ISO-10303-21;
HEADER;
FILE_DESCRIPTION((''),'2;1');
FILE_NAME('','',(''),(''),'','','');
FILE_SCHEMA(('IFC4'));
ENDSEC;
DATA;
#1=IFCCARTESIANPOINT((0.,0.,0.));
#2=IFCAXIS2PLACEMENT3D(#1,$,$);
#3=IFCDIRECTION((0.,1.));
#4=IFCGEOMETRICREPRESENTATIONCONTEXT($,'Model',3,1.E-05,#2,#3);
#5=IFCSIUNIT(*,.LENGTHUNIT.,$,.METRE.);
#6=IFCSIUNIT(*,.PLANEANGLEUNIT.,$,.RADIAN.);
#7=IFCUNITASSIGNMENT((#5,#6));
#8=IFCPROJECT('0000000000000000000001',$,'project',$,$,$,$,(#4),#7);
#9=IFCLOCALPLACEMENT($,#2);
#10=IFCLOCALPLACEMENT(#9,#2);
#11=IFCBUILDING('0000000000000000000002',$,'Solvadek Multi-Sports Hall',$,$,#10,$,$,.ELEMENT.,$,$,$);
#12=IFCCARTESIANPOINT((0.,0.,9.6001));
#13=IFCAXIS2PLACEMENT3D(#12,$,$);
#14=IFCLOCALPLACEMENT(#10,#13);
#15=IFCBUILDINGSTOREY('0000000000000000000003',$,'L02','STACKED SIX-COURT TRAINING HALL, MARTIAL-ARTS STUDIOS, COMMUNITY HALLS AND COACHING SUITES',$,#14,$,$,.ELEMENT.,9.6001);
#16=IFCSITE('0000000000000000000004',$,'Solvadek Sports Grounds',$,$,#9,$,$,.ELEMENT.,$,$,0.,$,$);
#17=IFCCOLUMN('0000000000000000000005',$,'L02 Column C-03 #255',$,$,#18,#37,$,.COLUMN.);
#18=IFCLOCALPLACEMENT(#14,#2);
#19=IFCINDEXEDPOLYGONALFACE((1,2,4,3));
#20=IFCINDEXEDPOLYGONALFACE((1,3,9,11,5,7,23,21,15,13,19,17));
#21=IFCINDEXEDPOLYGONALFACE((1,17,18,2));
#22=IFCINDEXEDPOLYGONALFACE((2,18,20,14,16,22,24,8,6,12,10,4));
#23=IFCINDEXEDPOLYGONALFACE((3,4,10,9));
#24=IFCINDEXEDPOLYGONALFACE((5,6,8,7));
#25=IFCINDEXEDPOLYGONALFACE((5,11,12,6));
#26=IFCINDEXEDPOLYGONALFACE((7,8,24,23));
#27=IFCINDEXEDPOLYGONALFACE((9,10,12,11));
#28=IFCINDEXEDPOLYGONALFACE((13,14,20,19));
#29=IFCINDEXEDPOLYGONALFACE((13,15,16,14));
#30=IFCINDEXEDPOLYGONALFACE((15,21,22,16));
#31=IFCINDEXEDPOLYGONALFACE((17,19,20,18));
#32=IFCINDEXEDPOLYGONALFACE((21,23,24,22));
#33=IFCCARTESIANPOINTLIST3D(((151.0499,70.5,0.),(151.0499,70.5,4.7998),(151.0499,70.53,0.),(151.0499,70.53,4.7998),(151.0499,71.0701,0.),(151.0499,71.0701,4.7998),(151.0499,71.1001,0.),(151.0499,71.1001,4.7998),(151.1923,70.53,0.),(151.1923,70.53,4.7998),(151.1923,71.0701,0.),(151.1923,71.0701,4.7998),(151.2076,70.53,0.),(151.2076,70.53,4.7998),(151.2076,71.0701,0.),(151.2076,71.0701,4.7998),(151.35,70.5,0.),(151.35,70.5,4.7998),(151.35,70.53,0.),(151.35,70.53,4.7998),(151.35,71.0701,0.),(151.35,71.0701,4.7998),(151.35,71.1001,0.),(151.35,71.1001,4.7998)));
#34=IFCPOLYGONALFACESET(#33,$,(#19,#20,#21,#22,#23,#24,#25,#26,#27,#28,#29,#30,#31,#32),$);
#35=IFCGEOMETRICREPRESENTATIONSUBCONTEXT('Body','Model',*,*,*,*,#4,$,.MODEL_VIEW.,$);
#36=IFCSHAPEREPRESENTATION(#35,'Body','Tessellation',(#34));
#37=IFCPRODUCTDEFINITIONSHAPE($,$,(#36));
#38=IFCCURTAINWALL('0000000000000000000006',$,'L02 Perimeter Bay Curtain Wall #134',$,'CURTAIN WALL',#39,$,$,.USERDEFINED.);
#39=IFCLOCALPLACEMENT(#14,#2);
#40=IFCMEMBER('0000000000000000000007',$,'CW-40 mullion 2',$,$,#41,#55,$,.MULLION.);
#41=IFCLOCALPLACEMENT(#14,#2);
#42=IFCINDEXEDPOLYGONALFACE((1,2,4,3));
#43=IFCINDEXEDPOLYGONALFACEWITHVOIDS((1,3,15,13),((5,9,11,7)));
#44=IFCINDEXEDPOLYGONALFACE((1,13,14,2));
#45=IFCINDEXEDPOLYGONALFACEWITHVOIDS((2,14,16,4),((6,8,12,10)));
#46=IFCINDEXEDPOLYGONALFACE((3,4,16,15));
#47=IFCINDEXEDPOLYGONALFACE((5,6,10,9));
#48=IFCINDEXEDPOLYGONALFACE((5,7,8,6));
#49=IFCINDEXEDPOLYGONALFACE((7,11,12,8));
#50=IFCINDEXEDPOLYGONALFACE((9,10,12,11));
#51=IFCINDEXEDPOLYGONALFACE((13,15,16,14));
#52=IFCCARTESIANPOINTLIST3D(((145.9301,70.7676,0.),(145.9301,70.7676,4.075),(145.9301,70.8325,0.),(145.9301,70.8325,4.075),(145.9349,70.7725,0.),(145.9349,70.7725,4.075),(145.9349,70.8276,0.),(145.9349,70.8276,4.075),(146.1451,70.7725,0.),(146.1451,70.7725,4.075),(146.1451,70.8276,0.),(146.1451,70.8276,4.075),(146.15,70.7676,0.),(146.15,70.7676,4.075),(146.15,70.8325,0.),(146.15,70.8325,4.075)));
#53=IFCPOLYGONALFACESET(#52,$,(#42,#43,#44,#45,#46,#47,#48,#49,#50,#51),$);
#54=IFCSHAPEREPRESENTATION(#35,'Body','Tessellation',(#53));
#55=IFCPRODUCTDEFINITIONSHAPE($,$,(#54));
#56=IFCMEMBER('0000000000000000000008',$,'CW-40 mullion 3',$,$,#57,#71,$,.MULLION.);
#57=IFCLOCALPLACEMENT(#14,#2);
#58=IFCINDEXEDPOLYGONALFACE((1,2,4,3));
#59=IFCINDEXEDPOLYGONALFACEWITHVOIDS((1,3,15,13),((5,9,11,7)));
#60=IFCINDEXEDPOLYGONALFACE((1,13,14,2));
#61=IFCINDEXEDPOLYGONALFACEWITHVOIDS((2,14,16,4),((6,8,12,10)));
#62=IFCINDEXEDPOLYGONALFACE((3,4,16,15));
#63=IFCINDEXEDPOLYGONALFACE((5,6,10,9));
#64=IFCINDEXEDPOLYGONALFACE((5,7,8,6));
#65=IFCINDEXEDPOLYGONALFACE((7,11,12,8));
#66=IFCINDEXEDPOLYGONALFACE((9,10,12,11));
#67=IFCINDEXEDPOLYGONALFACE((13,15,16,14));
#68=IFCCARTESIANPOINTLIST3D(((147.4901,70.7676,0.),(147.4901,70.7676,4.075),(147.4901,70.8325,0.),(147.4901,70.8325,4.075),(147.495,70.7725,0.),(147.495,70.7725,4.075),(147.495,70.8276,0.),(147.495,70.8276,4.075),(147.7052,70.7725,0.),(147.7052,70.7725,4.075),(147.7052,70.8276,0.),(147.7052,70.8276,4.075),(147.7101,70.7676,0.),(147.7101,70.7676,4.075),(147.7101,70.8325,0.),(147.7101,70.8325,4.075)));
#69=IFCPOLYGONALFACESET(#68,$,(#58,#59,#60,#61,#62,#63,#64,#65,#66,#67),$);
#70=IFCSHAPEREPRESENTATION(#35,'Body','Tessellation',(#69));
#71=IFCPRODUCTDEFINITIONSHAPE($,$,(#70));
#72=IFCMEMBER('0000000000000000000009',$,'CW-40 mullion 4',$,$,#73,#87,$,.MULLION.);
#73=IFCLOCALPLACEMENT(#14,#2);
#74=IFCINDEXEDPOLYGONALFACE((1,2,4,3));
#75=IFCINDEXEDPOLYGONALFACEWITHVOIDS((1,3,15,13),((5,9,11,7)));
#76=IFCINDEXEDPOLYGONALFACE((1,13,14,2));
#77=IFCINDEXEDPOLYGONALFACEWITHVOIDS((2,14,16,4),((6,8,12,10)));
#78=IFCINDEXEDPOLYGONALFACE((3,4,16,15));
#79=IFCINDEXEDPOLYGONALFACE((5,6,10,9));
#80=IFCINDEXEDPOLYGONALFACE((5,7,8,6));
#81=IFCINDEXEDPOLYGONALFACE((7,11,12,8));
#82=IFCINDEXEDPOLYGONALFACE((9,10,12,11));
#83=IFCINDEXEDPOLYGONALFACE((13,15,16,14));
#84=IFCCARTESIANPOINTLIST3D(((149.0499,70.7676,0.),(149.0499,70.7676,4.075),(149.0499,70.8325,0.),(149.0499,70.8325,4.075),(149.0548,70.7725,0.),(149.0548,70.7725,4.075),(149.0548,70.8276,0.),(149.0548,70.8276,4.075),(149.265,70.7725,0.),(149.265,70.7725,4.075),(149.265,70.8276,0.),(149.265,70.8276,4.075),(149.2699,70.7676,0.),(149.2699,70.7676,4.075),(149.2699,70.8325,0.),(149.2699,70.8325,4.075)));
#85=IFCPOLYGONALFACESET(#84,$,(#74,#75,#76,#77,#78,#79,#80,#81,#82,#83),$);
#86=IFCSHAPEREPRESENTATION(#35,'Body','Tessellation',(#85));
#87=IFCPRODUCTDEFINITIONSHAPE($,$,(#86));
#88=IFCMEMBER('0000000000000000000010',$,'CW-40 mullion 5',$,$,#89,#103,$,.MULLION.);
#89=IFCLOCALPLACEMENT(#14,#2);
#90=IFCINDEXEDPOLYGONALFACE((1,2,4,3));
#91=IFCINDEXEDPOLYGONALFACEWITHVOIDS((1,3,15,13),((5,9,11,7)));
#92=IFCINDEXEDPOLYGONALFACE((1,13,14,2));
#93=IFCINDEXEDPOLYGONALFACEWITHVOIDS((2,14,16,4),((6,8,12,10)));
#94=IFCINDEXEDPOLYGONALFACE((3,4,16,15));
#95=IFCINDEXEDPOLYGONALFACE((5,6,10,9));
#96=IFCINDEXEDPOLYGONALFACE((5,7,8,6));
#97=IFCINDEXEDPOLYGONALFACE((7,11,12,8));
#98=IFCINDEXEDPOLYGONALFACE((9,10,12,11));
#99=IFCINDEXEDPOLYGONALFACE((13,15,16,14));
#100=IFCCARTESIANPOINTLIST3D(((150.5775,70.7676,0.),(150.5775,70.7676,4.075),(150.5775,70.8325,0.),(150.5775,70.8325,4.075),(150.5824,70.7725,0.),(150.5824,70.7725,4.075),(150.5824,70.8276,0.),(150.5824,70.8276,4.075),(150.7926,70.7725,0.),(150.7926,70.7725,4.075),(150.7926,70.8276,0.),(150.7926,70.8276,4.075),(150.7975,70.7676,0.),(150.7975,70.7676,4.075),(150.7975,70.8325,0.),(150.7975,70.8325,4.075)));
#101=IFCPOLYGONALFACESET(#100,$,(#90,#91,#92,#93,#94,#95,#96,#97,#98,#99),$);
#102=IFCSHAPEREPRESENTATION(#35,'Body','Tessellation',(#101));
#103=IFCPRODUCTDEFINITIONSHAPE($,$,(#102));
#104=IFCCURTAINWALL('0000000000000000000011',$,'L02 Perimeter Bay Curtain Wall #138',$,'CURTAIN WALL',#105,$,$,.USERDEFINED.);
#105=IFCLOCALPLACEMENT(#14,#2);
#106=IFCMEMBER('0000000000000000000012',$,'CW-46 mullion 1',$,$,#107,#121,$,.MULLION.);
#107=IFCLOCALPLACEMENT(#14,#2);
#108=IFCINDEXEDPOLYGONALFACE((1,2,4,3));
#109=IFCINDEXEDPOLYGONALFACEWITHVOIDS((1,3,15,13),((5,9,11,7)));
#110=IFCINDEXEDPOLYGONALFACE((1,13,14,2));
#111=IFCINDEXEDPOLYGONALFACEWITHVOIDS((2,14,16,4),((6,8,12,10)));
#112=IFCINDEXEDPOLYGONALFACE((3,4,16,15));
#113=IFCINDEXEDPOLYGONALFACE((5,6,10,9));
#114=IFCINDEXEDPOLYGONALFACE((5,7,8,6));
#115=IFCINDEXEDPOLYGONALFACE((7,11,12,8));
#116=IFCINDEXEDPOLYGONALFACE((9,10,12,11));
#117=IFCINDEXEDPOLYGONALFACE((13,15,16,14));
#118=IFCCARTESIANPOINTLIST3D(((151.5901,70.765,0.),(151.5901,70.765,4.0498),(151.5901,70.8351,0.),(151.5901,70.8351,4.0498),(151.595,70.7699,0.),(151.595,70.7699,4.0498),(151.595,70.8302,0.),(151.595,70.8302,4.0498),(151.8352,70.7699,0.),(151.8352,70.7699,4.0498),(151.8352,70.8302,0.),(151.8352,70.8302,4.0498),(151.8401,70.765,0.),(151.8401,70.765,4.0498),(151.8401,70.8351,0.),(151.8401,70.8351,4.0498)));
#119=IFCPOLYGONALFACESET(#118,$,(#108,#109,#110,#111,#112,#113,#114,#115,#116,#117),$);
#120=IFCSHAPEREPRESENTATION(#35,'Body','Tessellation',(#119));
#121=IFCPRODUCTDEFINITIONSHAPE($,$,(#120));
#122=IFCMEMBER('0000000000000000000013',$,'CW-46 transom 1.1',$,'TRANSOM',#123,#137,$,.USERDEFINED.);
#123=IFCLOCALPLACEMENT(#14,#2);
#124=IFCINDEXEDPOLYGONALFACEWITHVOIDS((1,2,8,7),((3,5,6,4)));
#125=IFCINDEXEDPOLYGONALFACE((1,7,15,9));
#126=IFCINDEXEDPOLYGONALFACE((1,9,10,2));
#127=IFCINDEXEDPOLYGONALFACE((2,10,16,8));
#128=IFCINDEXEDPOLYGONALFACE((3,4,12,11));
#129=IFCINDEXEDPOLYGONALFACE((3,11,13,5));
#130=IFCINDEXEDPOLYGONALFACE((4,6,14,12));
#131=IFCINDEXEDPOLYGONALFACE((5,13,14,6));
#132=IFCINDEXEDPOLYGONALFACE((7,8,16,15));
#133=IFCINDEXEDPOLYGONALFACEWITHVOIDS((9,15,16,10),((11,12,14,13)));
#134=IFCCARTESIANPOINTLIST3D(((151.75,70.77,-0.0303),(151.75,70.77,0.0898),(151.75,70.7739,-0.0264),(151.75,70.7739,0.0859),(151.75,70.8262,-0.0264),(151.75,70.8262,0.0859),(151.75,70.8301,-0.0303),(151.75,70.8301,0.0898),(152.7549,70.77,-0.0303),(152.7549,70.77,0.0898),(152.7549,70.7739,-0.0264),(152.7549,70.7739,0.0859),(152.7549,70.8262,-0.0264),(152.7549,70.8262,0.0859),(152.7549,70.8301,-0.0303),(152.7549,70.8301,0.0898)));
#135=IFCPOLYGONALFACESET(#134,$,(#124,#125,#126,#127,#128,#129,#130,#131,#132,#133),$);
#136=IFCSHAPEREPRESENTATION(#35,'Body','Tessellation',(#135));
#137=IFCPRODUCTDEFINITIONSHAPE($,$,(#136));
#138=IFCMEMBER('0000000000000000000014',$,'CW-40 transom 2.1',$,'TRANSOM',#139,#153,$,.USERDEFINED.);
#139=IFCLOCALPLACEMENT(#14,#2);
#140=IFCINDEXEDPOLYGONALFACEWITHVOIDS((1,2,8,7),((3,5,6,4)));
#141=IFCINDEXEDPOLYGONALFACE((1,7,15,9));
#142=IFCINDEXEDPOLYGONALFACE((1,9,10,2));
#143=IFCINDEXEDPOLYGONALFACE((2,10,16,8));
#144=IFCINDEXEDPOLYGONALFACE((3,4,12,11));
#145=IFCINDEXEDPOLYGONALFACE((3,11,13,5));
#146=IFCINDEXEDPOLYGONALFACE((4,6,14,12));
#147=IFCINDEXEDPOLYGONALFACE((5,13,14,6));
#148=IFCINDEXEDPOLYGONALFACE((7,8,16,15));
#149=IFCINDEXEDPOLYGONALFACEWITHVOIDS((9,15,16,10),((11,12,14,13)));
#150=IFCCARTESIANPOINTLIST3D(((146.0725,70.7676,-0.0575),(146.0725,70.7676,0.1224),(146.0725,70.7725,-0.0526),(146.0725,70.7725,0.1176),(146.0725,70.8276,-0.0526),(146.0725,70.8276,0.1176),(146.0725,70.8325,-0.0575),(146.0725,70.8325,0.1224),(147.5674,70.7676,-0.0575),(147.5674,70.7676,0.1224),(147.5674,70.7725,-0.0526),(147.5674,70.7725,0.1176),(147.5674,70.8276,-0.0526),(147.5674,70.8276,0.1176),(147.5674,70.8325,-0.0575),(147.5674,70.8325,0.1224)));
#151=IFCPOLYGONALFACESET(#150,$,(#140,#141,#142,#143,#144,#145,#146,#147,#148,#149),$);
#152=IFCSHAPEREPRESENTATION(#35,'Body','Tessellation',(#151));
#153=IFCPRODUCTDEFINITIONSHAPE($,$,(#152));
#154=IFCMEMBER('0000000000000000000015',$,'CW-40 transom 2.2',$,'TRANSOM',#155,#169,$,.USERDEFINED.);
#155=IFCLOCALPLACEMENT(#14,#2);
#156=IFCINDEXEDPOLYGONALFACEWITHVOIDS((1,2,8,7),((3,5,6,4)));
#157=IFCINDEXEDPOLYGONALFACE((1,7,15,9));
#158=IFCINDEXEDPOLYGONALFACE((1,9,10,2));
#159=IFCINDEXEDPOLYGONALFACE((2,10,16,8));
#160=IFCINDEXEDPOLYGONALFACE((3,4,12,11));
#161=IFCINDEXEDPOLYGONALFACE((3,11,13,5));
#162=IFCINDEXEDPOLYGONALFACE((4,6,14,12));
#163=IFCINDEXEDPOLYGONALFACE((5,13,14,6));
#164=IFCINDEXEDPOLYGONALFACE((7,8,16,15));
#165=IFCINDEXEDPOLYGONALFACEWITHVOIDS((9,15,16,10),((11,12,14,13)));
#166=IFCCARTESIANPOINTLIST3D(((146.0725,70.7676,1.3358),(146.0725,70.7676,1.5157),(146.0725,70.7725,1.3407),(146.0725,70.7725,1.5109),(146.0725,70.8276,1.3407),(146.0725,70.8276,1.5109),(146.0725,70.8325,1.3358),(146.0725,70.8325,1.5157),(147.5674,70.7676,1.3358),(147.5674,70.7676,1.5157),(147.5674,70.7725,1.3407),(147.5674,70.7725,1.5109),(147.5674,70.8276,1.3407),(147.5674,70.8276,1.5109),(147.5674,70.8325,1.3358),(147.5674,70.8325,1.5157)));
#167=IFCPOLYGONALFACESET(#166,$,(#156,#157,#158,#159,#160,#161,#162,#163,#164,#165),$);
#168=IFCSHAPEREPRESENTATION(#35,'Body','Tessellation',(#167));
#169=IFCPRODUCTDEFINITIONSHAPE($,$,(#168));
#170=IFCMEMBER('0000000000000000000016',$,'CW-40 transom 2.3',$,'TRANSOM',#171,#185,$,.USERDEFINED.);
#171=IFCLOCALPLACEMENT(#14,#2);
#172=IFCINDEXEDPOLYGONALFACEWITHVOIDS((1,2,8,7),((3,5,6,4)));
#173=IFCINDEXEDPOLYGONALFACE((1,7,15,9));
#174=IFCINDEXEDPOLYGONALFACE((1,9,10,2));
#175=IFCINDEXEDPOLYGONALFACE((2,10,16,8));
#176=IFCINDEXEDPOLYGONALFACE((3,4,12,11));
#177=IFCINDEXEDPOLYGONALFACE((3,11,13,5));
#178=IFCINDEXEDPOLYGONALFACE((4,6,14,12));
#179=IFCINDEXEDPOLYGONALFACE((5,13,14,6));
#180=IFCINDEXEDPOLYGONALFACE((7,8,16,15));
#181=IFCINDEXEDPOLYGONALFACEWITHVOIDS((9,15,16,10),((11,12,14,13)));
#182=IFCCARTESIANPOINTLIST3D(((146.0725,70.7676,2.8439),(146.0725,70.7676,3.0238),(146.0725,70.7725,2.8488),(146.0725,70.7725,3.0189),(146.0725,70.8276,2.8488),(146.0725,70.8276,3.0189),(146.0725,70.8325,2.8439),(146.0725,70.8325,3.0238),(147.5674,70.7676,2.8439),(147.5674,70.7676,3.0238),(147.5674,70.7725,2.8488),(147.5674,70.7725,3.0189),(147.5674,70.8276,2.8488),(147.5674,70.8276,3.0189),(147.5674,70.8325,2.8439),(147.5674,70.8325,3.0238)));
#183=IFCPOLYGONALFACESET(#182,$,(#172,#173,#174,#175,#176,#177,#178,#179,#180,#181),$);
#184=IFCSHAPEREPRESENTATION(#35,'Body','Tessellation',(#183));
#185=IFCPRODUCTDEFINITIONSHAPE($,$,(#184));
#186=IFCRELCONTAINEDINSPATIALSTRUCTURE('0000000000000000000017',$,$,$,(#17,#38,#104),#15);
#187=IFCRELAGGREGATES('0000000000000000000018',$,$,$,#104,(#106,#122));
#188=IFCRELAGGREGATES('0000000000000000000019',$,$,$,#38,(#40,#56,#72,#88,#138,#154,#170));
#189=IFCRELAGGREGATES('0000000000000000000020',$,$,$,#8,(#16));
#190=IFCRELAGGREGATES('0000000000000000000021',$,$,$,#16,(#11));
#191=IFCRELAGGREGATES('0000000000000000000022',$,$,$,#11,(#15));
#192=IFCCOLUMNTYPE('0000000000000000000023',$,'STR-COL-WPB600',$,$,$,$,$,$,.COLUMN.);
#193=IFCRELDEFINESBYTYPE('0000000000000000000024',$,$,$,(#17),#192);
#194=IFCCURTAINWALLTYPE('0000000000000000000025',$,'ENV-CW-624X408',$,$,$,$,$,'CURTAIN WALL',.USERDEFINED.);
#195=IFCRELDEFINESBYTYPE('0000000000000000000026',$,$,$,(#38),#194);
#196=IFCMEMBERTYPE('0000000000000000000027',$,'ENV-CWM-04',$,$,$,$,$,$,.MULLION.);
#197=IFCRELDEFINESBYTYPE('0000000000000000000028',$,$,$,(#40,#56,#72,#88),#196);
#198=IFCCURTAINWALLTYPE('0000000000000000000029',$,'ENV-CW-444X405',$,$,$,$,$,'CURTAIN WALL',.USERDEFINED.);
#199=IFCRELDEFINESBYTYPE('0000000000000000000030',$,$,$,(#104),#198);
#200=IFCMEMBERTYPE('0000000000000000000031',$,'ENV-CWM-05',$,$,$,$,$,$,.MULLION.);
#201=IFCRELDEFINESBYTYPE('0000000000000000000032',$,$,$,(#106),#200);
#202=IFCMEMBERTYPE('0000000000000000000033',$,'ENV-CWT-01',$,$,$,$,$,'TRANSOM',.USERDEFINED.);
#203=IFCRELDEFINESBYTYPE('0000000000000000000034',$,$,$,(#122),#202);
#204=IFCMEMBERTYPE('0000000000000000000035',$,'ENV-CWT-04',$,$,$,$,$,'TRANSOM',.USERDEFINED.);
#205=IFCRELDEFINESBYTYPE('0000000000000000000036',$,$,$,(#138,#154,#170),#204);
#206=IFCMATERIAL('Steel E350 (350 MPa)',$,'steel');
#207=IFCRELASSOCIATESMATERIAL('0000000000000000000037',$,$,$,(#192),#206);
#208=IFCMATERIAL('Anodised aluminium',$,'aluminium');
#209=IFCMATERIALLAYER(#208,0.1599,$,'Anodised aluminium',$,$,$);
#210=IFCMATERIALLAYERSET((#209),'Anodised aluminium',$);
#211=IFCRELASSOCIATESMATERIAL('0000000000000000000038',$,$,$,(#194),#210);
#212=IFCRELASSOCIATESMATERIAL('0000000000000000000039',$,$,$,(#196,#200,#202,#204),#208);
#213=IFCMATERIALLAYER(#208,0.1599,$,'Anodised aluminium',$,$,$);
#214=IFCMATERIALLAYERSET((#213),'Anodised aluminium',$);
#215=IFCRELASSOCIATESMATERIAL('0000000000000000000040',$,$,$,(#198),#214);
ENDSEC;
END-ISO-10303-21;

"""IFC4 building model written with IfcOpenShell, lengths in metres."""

from ifc_helpers import new_model, si_unit, direction, frame, origin, origin_2d, place, context, subcontext, project, spatial, hollow_rectangle, i_section, extrude, material, layer, layer_set, material_profile, profile_set, type_object, element, aggregate, save


model = new_model("IFC4")

# Units and contexts
model_context = context("Model", 3, precision=1e-05, world=origin(), true_north=direction((0.0, 1.0)))
body_context = subcontext(model_context, "Body", "Model", "MODEL_VIEW")
ifc_project = project(units=[si_unit("LENGTHUNIT", "METRE"), si_unit("PLANEANGLEUNIT", "RADIAN")], contexts=[model_context])

# Site, building, storey
site_placement = place(None, origin())
site = spatial("IfcSite", under=ifc_project, at=site_placement, Name="Solvadek Sports Grounds", CompositionType="ELEMENT", RefElevation=0.0)
building_placement = place(site_placement, origin())
building = spatial("IfcBuilding", under=site, at=building_placement, Name="Solvadek Multi-Sports Hall", CompositionType="ELEMENT")
storey_placement = place(building_placement, frame((0.0, 0.0, 9.6001)))
storey = spatial("IfcBuildingStorey", under=building, at=storey_placement, Name="L02", Description="STACKED SIX-COURT TRAINING HALL, MARTIAL-ARTS STUDIOS, COMMUNITY HALLS AND COACHING SUITES", CompositionType="ELEMENT", Elevation=9.6001)

# Column
ifc_material_1 = material(Name="Steel E350 (350 MPa)", Category="steel")
ifc_material_profile_1 = material_profile(ifc_material_1, i_section(OverallWidth=0.3, OverallDepth=0.6001, WebThickness=0.0154, FlangeThickness=0.03, at=origin_2d()), Name="WPB 600")
ifc_profile_set_1 = profile_set([ifc_material_profile_1], Name="Steel E350 (350 MPa)")
column_type = type_object("IfcColumnType", Name="STR-COL-WPB600", PredefinedType="COLUMN", material=ifc_profile_set_1)
column_placement = place(storey_placement, frame((151.2, 70.8, 0.0), z_axis=(0.0, 0.0, 1.0), x_axis=(1.0, 0.0, 0.0)))
element("IfcColumn", 1, at=column_placement, inside=storey, type_object=column_type, Name="L02 Column C-03 #255", PredefinedType="COLUMN", context=body_context, shape_type="SweptSolid", body=[
    extrude(i_section(OverallWidth=0.3, OverallDepth=0.6001, WebThickness=0.0154, FlangeThickness=0.03, at=origin_2d()), origin(), (0.0, 0.0, 1.0), 4.7998),
])

# Curtain walls, members
ifc_material_2 = material(Name="Anodised aluminium", Category="aluminium")
ifc_layer_1 = layer(ifc_material_2, 0.1599, Name="Anodised aluminium")
ifc_layer_set_1 = layer_set([ifc_layer_1], Name="Anodised aluminium")
curtain_wall_type_1 = type_object("IfcCurtainWallType", Name="ENV-CW-624X408", ElementType="CURTAIN WALL", PredefinedType="USERDEFINED", material=ifc_layer_set_1)
curtain_wall_1_placement = place(storey_placement, origin())
curtain_wall_1 = element("IfcCurtainWall", 2, at=curtain_wall_1_placement, inside=storey, type_object=curtain_wall_type_1, Name="L02 Perimeter Bay Curtain Wall #134", ObjectType="CURTAIN WALL", PredefinedType="USERDEFINED")
ifc_material_profile_2 = material_profile(ifc_material_2, hollow_rectangle(XDim=0.0649, YDim=0.22, WallThickness=0.0049, at=origin_2d()), Name="ALU-M 220x65x5")
ifc_profile_set_2 = profile_set([ifc_material_profile_2], Name="Anodised aluminium")
member_type_1 = type_object("IfcMemberType", Name="ENV-CWM-04", PredefinedType="MULLION", material=ifc_profile_set_2)
member_1_placement = place(storey_placement, frame((146.04, 70.8, 0.0), z_axis=(0.0, 0.0, 1.0), x_axis=(0.0, 1.0, 0.0)))
member_1 = element("IfcMember", 3, at=member_1_placement, type_object=member_type_1, Name="CW-40 mullion 2", PredefinedType="MULLION", context=body_context, shape_type="SweptSolid", body=[
    extrude(hollow_rectangle(XDim=0.0649, YDim=0.22, WallThickness=0.0049, at=origin_2d()), origin(), (0.0, 0.0, 1.0), 4.075),
])
member_2_placement = place(storey_placement, frame((147.6001, 70.8, 0.0), z_axis=(0.0, 0.0, 1.0), x_axis=(0.0, 1.0, 0.0)))
member_2 = element("IfcMember", 4, at=member_2_placement, type_object=member_type_1, Name="CW-40 mullion 3", PredefinedType="MULLION", context=body_context, shape_type="SweptSolid", body=[
    extrude(hollow_rectangle(XDim=0.0649, YDim=0.22, WallThickness=0.0049, at=origin_2d()), origin(), (0.0, 0.0, 1.0), 4.075),
])
member_3_placement = place(storey_placement, frame((149.1599, 70.8, 0.0), z_axis=(0.0, 0.0, 1.0), x_axis=(0.0, 1.0, 0.0)))
member_3 = element("IfcMember", 5, at=member_3_placement, type_object=member_type_1, Name="CW-40 mullion 4", PredefinedType="MULLION", context=body_context, shape_type="SweptSolid", body=[
    extrude(hollow_rectangle(XDim=0.0649, YDim=0.22, WallThickness=0.0049, at=origin_2d()), origin(), (0.0, 0.0, 1.0), 4.075),
])
member_4_placement = place(storey_placement, frame((150.6875, 70.8, 0.0), z_axis=(0.0, 0.0, 1.0), x_axis=(0.0, 1.0, 0.0)))
member_4 = element("IfcMember", 6, at=member_4_placement, type_object=member_type_1, Name="CW-40 mullion 5", PredefinedType="MULLION", context=body_context, shape_type="SweptSolid", body=[
    extrude(hollow_rectangle(XDim=0.0649, YDim=0.22, WallThickness=0.0049, at=origin_2d()), origin(), (0.0, 0.0, 1.0), 4.075),
])
ifc_layer_2 = layer(ifc_material_2, 0.1599, Name="Anodised aluminium")
ifc_layer_set_2 = layer_set([ifc_layer_2], Name="Anodised aluminium")
curtain_wall_type_2 = type_object("IfcCurtainWallType", Name="ENV-CW-444X405", ElementType="CURTAIN WALL", PredefinedType="USERDEFINED", material=ifc_layer_set_2)
curtain_wall_2_placement = place(storey_placement, origin())
curtain_wall_2 = element("IfcCurtainWall", 7, at=curtain_wall_2_placement, inside=storey, type_object=curtain_wall_type_2, Name="L02 Perimeter Bay Curtain Wall #138", ObjectType="CURTAIN WALL", PredefinedType="USERDEFINED")
ifc_material_profile_3 = material_profile(ifc_material_2, hollow_rectangle(XDim=0.0701, YDim=0.25, WallThickness=0.0049, at=origin_2d()), Name="ALU-M 250x70x5")
ifc_profile_set_3 = profile_set([ifc_material_profile_3], Name="Anodised aluminium")
member_type_2 = type_object("IfcMemberType", Name="ENV-CWM-05", PredefinedType="MULLION", material=ifc_profile_set_3)
member_5_placement = place(storey_placement, frame((151.7151, 70.8, 0.0), z_axis=(0.0, 0.0, 1.0), x_axis=(0.0, 1.0, 0.0)))
member_5 = element("IfcMember", 8, at=member_5_placement, type_object=member_type_2, Name="CW-46 mullion 1", PredefinedType="MULLION", context=body_context, shape_type="SweptSolid", body=[
    extrude(hollow_rectangle(XDim=0.0701, YDim=0.25, WallThickness=0.0049, at=origin_2d()), origin(), (0.0, 0.0, 1.0), 4.0498),
])
ifc_material_profile_4 = material_profile(ifc_material_2, hollow_rectangle(XDim=0.0601, YDim=0.1201, WallThickness=0.0039, at=origin_2d()), Name="ALU-T 120x60x4")
ifc_profile_set_4 = profile_set([ifc_material_profile_4], Name="Anodised aluminium")
member_type_3 = type_object("IfcMemberType", Name="ENV-CWT-01", ElementType="TRANSOM", PredefinedType="USERDEFINED", material=ifc_profile_set_4)
member_6_placement = place(storey_placement, frame((151.75, 70.8, 0.0298), z_axis=(1.0, 0.0, 0.0), x_axis=(0.0, 1.0, 0.0)))
member_6 = element("IfcMember", 9, at=member_6_placement, type_object=member_type_3, Name="CW-46 transom 1.1", ObjectType="TRANSOM", PredefinedType="USERDEFINED", context=body_context, shape_type="SweptSolid", body=[
    extrude(hollow_rectangle(XDim=0.0601, YDim=0.1201, WallThickness=0.0039, at=origin_2d()), origin(), (0.0, 0.0, 1.0), 1.0049),
])
aggregate(curtain_wall_2, [member_5, member_6])

# Members
ifc_material_profile_5 = material_profile(ifc_material_2, hollow_rectangle(XDim=0.0649, YDim=0.1799, WallThickness=0.0049, at=origin_2d()), Name="ALU-T 180x65x5")
ifc_profile_set_5 = profile_set([ifc_material_profile_5], Name="Anodised aluminium")
member_type_4 = type_object("IfcMemberType", Name="ENV-CWT-04", ElementType="TRANSOM", PredefinedType="USERDEFINED", material=ifc_profile_set_5)
member_7_placement = place(storey_placement, frame((146.0725, 70.8, 0.0325), z_axis=(1.0, 0.0, 0.0), x_axis=(0.0, 1.0, 0.0)))
member_7 = element("IfcMember", 10, at=member_7_placement, type_object=member_type_4, Name="CW-40 transom 2.1", ObjectType="TRANSOM", PredefinedType="USERDEFINED", context=body_context, shape_type="SweptSolid", body=[
    extrude(hollow_rectangle(XDim=0.0649, YDim=0.1799, WallThickness=0.0049, at=origin_2d()), origin(), (0.0, 0.0, 1.0), 1.4949),
])
member_8_placement = place(storey_placement, frame((146.0725, 70.8, 1.4258), z_axis=(1.0, 0.0, 0.0), x_axis=(0.0, 1.0, 0.0)))
member_8 = element("IfcMember", 11, at=member_8_placement, type_object=member_type_4, Name="CW-40 transom 2.2", ObjectType="TRANSOM", PredefinedType="USERDEFINED", context=body_context, shape_type="SweptSolid", body=[
    extrude(hollow_rectangle(XDim=0.0649, YDim=0.1799, WallThickness=0.0049, at=origin_2d()), origin(), (0.0, 0.0, 1.0), 1.4949),
])
member_9_placement = place(storey_placement, frame((146.0725, 70.8, 2.9338), z_axis=(1.0, 0.0, 0.0), x_axis=(0.0, 1.0, 0.0)))
member_9 = element("IfcMember", 12, at=member_9_placement, type_object=member_type_4, Name="CW-40 transom 2.3", ObjectType="TRANSOM", PredefinedType="USERDEFINED", context=body_context, shape_type="SweptSolid", body=[
    extrude(hollow_rectangle(XDim=0.0649, YDim=0.1799, WallThickness=0.0049, at=origin_2d()), origin(), (0.0, 0.0, 1.0), 1.4949),
])

aggregate(curtain_wall_1, [member_1, member_2, member_3, member_4, member_7, member_8, member_9])

save(model, "model.ifc")
